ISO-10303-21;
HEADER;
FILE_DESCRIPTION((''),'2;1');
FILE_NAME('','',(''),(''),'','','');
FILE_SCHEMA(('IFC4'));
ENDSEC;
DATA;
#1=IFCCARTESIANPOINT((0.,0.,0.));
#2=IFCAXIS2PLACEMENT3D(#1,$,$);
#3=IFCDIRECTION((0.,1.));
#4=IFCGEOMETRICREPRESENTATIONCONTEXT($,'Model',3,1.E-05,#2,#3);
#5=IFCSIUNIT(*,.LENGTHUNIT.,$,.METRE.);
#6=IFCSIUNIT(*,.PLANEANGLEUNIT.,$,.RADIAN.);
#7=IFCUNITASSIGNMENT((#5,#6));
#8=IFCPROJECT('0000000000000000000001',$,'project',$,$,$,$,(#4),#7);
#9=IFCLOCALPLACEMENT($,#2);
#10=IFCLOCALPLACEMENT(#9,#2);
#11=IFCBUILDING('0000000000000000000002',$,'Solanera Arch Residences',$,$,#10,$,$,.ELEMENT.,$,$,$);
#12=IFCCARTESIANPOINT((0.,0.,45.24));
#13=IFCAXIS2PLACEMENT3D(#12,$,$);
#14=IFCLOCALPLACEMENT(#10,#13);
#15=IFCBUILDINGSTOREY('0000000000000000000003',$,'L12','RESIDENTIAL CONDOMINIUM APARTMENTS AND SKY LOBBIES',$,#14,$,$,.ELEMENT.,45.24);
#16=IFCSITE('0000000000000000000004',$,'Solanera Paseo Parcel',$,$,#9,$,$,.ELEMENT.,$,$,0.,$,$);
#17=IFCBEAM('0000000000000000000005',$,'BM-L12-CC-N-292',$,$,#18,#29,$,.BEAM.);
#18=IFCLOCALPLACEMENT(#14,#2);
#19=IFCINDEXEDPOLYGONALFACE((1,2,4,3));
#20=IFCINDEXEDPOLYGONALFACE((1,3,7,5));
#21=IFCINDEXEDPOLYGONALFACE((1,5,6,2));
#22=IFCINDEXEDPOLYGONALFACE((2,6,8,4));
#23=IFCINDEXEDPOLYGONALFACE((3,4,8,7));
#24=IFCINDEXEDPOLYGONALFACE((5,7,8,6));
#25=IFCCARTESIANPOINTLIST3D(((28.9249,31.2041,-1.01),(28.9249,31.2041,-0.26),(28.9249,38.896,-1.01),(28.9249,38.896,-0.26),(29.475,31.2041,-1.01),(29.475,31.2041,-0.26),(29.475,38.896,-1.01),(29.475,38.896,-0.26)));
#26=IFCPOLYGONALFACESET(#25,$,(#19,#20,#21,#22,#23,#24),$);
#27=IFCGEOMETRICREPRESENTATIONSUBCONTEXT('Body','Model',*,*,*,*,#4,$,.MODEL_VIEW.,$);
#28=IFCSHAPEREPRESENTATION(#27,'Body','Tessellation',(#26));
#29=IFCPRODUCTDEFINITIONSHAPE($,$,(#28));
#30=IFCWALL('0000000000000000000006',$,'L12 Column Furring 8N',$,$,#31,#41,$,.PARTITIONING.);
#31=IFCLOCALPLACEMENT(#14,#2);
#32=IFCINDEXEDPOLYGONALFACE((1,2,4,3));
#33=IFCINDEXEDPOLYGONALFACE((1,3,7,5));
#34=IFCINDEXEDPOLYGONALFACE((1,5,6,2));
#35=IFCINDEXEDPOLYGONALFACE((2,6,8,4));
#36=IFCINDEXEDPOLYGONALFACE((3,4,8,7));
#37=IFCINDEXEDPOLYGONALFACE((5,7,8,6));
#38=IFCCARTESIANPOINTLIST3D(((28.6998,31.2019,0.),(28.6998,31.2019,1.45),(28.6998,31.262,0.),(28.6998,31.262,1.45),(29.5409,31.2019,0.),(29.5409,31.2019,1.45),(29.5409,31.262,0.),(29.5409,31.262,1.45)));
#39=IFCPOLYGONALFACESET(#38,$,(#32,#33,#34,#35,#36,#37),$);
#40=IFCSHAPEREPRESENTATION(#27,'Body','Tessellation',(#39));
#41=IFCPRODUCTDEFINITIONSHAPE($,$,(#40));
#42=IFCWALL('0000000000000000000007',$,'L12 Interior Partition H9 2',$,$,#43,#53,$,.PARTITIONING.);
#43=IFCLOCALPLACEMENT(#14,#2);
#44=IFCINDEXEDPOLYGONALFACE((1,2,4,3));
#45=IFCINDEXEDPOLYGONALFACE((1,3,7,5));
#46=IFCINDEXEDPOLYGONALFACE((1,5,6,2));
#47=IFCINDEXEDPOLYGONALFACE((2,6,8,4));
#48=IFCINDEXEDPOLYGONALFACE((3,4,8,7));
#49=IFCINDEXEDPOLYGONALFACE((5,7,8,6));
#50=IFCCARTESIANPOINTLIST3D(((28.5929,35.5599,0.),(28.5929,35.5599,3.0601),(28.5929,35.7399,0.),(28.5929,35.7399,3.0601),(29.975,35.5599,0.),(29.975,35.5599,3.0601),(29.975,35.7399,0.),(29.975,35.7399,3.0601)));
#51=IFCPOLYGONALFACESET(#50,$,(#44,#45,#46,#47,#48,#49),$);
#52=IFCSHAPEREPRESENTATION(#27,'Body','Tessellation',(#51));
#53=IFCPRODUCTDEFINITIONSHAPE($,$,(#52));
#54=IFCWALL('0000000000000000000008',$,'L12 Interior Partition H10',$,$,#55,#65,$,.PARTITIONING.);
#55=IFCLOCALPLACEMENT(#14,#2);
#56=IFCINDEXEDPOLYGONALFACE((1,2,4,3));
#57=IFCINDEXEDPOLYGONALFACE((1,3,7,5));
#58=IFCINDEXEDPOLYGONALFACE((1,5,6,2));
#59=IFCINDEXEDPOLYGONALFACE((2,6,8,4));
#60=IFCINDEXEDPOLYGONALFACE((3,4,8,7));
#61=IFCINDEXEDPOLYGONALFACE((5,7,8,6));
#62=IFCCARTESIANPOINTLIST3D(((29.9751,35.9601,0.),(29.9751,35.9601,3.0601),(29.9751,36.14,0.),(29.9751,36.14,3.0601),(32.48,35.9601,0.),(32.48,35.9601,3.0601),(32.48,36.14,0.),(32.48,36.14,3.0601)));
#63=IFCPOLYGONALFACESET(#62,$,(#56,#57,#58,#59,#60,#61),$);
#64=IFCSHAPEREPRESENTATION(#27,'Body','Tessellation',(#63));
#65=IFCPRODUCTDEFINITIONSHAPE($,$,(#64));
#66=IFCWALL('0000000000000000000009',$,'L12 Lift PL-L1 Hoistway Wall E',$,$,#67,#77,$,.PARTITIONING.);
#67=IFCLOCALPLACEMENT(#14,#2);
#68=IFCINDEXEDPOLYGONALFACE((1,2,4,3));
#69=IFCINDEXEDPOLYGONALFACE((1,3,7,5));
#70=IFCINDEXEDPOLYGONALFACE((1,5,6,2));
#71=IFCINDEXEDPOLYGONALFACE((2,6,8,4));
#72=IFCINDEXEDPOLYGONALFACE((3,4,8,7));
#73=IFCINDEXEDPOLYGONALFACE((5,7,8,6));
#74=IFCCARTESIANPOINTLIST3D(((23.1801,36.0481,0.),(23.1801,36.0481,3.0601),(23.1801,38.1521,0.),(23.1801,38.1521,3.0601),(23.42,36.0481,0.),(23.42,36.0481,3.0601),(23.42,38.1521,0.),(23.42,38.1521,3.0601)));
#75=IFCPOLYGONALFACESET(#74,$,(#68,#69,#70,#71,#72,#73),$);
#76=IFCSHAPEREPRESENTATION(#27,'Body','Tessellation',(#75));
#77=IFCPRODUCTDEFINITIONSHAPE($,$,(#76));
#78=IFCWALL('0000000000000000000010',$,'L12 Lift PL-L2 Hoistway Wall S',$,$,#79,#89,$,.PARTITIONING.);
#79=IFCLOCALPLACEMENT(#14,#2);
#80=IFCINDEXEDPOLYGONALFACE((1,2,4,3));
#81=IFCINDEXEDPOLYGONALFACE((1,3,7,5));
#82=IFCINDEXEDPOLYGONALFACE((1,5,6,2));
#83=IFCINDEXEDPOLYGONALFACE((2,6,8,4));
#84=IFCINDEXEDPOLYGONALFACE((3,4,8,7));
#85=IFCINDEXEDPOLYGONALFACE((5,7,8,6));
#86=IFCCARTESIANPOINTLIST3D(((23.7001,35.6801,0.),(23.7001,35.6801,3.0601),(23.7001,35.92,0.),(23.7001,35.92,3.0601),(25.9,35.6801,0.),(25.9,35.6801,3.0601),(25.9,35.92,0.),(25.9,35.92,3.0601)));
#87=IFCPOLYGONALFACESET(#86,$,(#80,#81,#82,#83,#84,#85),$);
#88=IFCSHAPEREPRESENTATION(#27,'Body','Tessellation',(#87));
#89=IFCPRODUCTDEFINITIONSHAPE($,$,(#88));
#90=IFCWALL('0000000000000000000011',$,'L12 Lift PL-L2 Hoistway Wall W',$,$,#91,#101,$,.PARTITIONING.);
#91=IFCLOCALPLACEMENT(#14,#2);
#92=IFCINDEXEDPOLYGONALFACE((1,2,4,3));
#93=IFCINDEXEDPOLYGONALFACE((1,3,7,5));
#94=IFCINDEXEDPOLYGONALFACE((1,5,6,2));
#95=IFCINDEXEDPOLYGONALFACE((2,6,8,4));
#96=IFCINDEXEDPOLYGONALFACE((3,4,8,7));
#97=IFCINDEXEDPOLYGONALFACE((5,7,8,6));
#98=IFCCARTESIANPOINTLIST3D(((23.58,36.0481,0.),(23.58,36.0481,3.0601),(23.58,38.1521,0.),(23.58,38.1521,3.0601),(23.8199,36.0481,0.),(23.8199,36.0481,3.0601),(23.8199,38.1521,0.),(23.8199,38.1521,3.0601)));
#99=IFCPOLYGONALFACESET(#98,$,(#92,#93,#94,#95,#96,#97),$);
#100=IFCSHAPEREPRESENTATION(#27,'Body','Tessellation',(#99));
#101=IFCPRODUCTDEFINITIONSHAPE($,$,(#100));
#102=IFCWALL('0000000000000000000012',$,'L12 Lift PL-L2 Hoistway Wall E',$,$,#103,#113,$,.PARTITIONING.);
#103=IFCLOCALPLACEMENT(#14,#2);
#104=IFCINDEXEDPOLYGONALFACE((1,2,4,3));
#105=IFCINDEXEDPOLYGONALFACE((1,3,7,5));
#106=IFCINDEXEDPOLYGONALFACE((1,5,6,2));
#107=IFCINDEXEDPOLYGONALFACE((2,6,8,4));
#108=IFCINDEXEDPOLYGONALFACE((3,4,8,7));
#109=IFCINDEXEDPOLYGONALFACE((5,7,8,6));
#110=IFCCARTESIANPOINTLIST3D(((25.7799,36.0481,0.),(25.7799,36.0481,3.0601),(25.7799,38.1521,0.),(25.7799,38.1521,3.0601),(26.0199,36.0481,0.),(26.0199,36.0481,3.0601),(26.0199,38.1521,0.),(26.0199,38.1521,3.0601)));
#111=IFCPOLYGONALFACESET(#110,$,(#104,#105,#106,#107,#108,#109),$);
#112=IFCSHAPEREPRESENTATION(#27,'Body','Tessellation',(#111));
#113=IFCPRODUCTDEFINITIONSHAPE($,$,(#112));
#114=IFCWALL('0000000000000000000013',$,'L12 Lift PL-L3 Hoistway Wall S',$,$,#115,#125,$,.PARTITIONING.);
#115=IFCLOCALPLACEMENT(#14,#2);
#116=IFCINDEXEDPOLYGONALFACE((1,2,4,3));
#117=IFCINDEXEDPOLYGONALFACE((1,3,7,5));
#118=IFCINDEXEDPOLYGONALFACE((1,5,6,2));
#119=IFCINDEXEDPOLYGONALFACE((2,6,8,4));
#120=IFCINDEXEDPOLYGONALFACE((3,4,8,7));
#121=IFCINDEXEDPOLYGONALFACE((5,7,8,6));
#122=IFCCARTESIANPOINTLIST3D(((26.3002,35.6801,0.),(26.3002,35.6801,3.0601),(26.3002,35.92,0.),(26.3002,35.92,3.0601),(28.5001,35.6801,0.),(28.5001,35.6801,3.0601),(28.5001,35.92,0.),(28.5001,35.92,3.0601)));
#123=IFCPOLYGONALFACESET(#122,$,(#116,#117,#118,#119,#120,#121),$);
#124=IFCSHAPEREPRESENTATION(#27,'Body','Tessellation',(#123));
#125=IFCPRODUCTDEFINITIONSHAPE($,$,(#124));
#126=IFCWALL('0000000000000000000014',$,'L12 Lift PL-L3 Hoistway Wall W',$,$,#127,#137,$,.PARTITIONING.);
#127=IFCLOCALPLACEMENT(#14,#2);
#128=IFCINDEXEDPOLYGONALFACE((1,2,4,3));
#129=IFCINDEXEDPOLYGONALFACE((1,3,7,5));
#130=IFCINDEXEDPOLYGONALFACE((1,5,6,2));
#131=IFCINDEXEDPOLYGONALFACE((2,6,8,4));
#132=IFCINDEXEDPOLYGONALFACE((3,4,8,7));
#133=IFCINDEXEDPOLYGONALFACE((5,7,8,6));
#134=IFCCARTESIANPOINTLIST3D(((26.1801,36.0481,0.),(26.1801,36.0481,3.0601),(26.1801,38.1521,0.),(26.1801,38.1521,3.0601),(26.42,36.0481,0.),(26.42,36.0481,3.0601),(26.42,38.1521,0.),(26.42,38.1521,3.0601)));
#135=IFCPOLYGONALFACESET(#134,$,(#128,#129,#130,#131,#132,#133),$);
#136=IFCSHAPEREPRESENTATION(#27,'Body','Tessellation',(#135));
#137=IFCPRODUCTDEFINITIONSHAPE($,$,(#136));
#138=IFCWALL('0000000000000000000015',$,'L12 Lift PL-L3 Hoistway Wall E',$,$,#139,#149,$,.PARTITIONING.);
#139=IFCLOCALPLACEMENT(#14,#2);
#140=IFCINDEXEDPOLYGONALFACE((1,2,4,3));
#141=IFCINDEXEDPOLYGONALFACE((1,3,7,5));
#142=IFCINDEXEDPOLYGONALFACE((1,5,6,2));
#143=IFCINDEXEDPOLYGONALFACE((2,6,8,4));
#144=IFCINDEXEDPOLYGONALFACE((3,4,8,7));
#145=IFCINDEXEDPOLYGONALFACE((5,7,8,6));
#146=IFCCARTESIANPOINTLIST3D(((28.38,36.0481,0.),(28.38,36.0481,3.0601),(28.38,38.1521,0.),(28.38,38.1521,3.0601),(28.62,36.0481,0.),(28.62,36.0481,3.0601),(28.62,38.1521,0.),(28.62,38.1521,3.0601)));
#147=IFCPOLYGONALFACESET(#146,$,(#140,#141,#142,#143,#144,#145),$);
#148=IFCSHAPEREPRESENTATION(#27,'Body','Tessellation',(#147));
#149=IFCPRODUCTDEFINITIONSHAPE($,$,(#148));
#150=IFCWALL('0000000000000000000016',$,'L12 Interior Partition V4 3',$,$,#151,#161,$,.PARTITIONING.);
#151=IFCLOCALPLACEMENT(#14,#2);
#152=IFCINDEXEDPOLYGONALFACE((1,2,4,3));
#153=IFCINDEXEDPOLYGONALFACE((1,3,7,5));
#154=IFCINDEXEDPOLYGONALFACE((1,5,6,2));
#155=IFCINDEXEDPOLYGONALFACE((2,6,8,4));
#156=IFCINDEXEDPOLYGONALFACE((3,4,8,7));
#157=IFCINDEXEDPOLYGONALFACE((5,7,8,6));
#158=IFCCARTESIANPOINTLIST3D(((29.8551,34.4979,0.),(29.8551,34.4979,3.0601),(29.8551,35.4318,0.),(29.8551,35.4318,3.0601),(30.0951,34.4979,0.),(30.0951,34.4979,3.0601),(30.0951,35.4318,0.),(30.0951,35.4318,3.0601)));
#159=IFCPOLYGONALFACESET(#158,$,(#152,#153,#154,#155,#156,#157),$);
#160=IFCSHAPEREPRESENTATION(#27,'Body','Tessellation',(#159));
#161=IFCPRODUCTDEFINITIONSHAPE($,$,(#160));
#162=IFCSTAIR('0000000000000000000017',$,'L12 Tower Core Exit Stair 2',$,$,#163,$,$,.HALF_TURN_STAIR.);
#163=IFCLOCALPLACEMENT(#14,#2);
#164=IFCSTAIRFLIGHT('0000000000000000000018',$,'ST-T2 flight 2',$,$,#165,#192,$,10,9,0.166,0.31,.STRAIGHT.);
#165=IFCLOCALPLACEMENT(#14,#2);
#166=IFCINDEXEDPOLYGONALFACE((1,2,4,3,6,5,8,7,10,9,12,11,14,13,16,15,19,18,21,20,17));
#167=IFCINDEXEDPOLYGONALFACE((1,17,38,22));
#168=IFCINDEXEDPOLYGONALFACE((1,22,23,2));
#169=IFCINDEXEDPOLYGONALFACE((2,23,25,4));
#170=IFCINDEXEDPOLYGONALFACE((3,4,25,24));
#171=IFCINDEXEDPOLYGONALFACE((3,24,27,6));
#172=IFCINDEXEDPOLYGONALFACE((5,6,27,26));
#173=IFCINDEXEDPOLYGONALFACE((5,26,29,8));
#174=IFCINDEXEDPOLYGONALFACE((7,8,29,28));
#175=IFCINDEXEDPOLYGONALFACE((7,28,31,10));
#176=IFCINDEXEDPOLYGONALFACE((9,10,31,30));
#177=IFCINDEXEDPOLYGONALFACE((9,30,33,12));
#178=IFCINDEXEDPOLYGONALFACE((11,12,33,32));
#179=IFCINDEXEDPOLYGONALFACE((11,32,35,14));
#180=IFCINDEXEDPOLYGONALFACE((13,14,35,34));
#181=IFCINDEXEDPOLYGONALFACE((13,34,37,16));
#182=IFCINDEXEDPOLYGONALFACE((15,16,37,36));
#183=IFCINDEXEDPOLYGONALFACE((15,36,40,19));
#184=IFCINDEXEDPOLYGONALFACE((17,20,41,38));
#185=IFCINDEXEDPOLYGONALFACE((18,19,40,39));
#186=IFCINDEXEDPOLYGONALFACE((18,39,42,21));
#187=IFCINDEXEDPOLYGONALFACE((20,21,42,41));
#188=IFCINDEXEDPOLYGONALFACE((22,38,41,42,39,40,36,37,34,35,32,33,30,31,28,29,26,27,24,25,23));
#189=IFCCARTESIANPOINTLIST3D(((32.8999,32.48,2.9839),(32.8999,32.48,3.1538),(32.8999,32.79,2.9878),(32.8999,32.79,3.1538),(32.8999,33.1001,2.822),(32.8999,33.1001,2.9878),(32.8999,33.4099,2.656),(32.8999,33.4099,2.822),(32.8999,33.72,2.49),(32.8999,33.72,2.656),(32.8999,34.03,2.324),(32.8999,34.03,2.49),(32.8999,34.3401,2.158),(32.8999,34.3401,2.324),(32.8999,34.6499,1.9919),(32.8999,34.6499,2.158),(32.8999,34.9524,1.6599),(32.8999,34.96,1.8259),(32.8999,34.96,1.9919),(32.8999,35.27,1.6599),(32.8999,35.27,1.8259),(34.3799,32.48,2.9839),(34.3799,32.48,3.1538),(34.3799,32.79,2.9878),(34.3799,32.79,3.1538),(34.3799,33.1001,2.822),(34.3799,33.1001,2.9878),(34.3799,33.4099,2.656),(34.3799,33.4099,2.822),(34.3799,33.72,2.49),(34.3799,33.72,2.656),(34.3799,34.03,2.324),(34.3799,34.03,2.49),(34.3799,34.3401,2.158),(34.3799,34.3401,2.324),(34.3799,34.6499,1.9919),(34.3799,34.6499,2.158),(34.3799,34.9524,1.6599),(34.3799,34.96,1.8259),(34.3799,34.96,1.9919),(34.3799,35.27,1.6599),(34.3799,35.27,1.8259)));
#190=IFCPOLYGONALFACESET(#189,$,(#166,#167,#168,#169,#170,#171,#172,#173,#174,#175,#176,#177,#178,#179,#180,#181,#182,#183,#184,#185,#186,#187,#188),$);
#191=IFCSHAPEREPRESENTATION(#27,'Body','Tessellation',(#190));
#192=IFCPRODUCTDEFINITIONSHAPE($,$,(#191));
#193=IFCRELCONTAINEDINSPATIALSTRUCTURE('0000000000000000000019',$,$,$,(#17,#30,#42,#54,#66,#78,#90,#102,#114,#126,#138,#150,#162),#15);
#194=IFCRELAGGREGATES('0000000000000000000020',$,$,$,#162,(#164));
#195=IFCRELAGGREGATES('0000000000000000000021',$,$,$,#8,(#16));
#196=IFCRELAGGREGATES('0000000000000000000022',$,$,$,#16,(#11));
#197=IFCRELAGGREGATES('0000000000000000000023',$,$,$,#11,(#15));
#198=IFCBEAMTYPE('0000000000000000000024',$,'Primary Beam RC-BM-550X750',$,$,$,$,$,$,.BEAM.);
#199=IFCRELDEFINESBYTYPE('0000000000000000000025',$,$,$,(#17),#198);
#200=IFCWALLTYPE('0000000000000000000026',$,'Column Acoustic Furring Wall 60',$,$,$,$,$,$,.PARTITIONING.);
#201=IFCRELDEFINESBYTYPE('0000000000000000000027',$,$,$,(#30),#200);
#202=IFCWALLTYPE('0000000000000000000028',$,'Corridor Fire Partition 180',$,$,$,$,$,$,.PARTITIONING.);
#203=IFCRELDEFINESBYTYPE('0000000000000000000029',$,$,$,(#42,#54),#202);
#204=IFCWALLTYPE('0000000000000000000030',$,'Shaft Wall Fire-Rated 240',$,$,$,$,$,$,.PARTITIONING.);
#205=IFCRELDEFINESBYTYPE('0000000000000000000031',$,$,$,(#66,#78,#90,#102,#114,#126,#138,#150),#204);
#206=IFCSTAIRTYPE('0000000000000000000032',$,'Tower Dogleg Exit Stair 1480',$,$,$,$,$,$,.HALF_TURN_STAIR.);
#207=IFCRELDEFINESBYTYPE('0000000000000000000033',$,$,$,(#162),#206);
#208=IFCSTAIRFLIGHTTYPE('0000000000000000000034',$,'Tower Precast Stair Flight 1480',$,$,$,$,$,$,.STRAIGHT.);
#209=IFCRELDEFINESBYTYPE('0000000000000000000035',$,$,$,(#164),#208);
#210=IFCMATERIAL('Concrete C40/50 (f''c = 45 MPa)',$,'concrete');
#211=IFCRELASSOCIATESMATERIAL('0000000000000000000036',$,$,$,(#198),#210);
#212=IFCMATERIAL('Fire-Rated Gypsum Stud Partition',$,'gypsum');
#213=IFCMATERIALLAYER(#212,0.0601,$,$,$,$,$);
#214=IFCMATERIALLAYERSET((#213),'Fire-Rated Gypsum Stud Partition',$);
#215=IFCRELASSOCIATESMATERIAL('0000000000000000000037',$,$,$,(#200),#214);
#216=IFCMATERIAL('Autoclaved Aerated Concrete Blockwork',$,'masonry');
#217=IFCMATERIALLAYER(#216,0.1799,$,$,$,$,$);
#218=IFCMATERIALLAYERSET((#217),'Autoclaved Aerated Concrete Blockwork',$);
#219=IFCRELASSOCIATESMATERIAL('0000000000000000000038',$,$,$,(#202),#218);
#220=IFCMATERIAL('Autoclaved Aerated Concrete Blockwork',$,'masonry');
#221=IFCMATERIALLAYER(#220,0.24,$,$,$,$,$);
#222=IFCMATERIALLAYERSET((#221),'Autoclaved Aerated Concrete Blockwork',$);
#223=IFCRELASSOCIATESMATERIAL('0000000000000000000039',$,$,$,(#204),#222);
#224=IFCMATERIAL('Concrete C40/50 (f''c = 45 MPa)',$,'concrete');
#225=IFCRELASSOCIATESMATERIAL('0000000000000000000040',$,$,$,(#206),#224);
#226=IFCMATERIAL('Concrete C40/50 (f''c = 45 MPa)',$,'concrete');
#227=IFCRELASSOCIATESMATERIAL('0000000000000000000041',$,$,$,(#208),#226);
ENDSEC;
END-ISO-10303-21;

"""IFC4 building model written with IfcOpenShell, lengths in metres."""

from ifc_helpers import new_model, si_unit, direction, frame, frame_2d, origin, origin_2d, place, context, subcontext, project, spatial, polyline, rectangle, outline, extrude, material, layer, layer_set, material_profile, profile_set, type_object, element, aggregate, save


model = new_model("IFC4")

# Units and contexts
model_context = context("Model", 3, precision=1e-05, world=origin(), true_north=direction((0.0, 1.0)))
body_context = subcontext(model_context, "Body", "Model", "MODEL_VIEW")
ifc_project = project(units=[si_unit("LENGTHUNIT", "METRE"), si_unit("PLANEANGLEUNIT", "RADIAN")], contexts=[model_context])

# Site, building, storey
site_placement = place(None, origin())
site = spatial("IfcSite", under=ifc_project, at=site_placement, Name="Solanera Paseo Parcel", CompositionType="ELEMENT", RefElevation=0.0)
building_placement = place(site_placement, origin())
building = spatial("IfcBuilding", under=site, at=building_placement, Name="Solanera Arch Residences", CompositionType="ELEMENT")
storey_placement = place(building_placement, frame((0.0, 0.0, 45.24)))
storey = spatial("IfcBuildingStorey", under=building, at=storey_placement, Name="L12", Description="RESIDENTIAL CONDOMINIUM APARTMENTS AND SKY LOBBIES", CompositionType="ELEMENT", Elevation=45.24)

# Beam
ifc_material_1 = material(Name="Concrete C40/50 (f'c = 45 MPa)", Category="concrete")
ifc_material_profile = material_profile(ifc_material_1, rectangle(XDim=0.55, YDim=0.75, at=origin_2d()))
ifc_profile_set = profile_set([ifc_material_profile], Name="Concrete C40/50 (f'c = 45 MPa)")
beam_type = type_object("IfcBeamType", Name="Primary Beam RC-BM-550X750", PredefinedType="BEAM", material=ifc_profile_set)
beam_placement = place(storey_placement, frame((29.2, 31.2041, -0.635), z_axis=(0.0, 1.0, 0.0), x_axis=(-1.0, 0.0, 0.0)))
element("IfcBeam", 1, at=beam_placement, inside=storey, type_object=beam_type, Name="BM-L12-CC-N-292", PredefinedType="BEAM", context=body_context, shape_type="SweptSolid", body=[
    extrude(rectangle(XDim=0.55, YDim=0.75, at=origin_2d()), origin(), (0.0, 0.0, 1.0), 7.6919),
])

# Wall
ifc_material_2 = material(Name="Fire-Rated Gypsum Stud Partition", Category="gypsum")
ifc_layer_1 = layer(ifc_material_2, 0.0601)
ifc_layer_set_1 = layer_set([ifc_layer_1], Name="Fire-Rated Gypsum Stud Partition")
wall_type_1 = type_object("IfcWallType", Name="Column Acoustic Furring Wall 60", PredefinedType="PARTITIONING", material=ifc_layer_set_1)
wall_1_placement = place(storey_placement, frame((28.7, 31.2319, 0.0), z_axis=(0.0, 0.0, 1.0), x_axis=(1.0, 0.0, 0.0)))
element("IfcWall", 2, at=wall_1_placement, inside=storey, type_object=wall_type_1, Name="L12 Column Furring 8N", PredefinedType="PARTITIONING", context=body_context, shape_type="SweptSolid", body=[
    extrude(rectangle(XDim=0.8411, YDim=0.0601, at=frame_2d((0.4204, 0.0))), origin(), (0.0, 0.0, 1.0), 1.45),
])

# Walls
ifc_material_3 = material(Name="Autoclaved Aerated Concrete Blockwork", Category="masonry")
ifc_layer_2 = layer(ifc_material_3, 0.1799)
ifc_layer_set_2 = layer_set([ifc_layer_2], Name="Autoclaved Aerated Concrete Blockwork")
wall_type_2 = type_object("IfcWallType", Name="Corridor Fire Partition 180", PredefinedType="PARTITIONING", material=ifc_layer_set_2)
wall_2_placement = place(storey_placement, frame((28.593, 35.6499, 0.0), z_axis=(0.0, 0.0, 1.0), x_axis=(1.0, 0.0, 0.0)))
element("IfcWall", 3, at=wall_2_placement, inside=storey, type_object=wall_type_2, Name="L12 Interior Partition H9 2", PredefinedType="PARTITIONING", context=body_context, shape_type="SweptSolid", body=[
    extrude(rectangle(XDim=1.3821, YDim=0.1799, at=frame_2d((0.6909, 0.0))), origin(), (0.0, 0.0, 1.0), 3.0601),
])
wall_3_placement = place(storey_placement, frame((29.9751, 36.05, 0.0), z_axis=(0.0, 0.0, 1.0), x_axis=(1.0, 0.0, 0.0)))
element("IfcWall", 4, at=wall_3_placement, inside=storey, type_object=wall_type_2, Name="L12 Interior Partition H10", PredefinedType="PARTITIONING", context=body_context, shape_type="SweptSolid", body=[
    extrude(rectangle(XDim=2.5049, YDim=0.1799, at=frame_2d((1.2524, 0.0))), origin(), (0.0, 0.0, 1.0), 3.0601),
])
ifc_material_4 = material(Name="Autoclaved Aerated Concrete Blockwork", Category="masonry")
ifc_layer_3 = layer(ifc_material_4, 0.24)
ifc_layer_set_3 = layer_set([ifc_layer_3], Name="Autoclaved Aerated Concrete Blockwork")
wall_type_3 = type_object("IfcWallType", Name="Shaft Wall Fire-Rated 240", PredefinedType="PARTITIONING", material=ifc_layer_set_3)
wall_4_placement = place(storey_placement, frame((23.3, 36.0481, 0.0), z_axis=(0.0, 0.0, 1.0), x_axis=(0.0, 1.0, 0.0)))
element("IfcWall", 5, at=wall_4_placement, inside=storey, type_object=wall_type_3, Name="L12 Lift PL-L1 Hoistway Wall E", PredefinedType="PARTITIONING", context=body_context, shape_type="SweptSolid", body=[
    extrude(rectangle(XDim=2.104, YDim=0.24, at=frame_2d((1.052, 0.0))), origin(), (0.0, 0.0, 1.0), 3.0601),
])
wall_5_placement = place(storey_placement, frame((23.7, 35.8, 0.0), z_axis=(0.0, 0.0, 1.0), x_axis=(1.0, 0.0, 0.0)))
element("IfcWall", 6, at=wall_5_placement, inside=storey, type_object=wall_type_3, Name="L12 Lift PL-L2 Hoistway Wall S", PredefinedType="PARTITIONING", context=body_context, shape_type="SweptSolid", body=[
    extrude(rectangle(XDim=2.2, YDim=0.24, at=frame_2d((1.1001, 0.0))), origin(), (0.0, 0.0, 1.0), 3.0601),
])
for number, where, z_axis, x_axis, name in (
    (7, (23.7, 36.0481, 0.0), (0.0, 0.0, 1.0), (0.0, 1.0, 0.0), "L12 Lift PL-L2 Hoistway Wall W"),
    (8, (25.8999, 36.0481, 0.0), (0.0, 0.0, 1.0), (0.0, 1.0, 0.0), "L12 Lift PL-L2 Hoistway Wall E"),
):
    element("IfcWall", number, at=place(storey_placement, frame(where, z_axis=z_axis, x_axis=x_axis)), inside=storey, type_object=wall_type_3, Name=name, PredefinedType="PARTITIONING", context=body_context, shape_type="SweptSolid", body=[
        extrude(rectangle(XDim=2.104, YDim=0.24, at=frame_2d((1.052, 0.0))), origin(), (0.0, 0.0, 1.0), 3.0601),
    ])
wall_6_placement = place(storey_placement, frame((26.3, 35.8, 0.0), z_axis=(0.0, 0.0, 1.0), x_axis=(1.0, 0.0, 0.0)))
element("IfcWall", 9, at=wall_6_placement, inside=storey, type_object=wall_type_3, Name="L12 Lift PL-L3 Hoistway Wall S", PredefinedType="PARTITIONING", context=body_context, shape_type="SweptSolid", body=[
    extrude(rectangle(XDim=2.2, YDim=0.24, at=frame_2d((1.1001, 0.0))), origin(), (0.0, 0.0, 1.0), 3.0601),
])
for number, where, z_axis, x_axis, name in (
    (10, (26.3, 36.0481, 0.0), (0.0, 0.0, 1.0), (0.0, 1.0, 0.0), "L12 Lift PL-L3 Hoistway Wall W"),
    (11, (28.5, 36.0481, 0.0), (0.0, 0.0, 1.0), (0.0, 1.0, 0.0), "L12 Lift PL-L3 Hoistway Wall E"),
):
    element("IfcWall", number, at=place(storey_placement, frame(where, z_axis=z_axis, x_axis=x_axis)), inside=storey, type_object=wall_type_3, Name=name, PredefinedType="PARTITIONING", context=body_context, shape_type="SweptSolid", body=[
        extrude(rectangle(XDim=2.104, YDim=0.24, at=frame_2d((1.052, 0.0))), origin(), (0.0, 0.0, 1.0), 3.0601),
    ])

# Wall
wall_7_placement = place(storey_placement, frame((29.9751, 34.498, 0.0), z_axis=(0.0, 0.0, 1.0), x_axis=(0.0, 1.0, 0.0)))
element("IfcWall", 12, at=wall_7_placement, inside=storey, type_object=wall_type_3, Name="L12 Interior Partition V4 3", PredefinedType="PARTITIONING", context=body_context, shape_type="SweptSolid", body=[
    extrude(rectangle(XDim=0.9338, YDim=0.24, at=frame_2d((0.4668, 0.0))), origin(), (0.0, 0.0, 1.0), 3.0601),
])

# Stair, stair flight
ifc_material_5 = material(Name="Concrete C40/50 (f'c = 45 MPa)", Category="concrete")
stair_type = type_object("IfcStairType", Name="Tower Dogleg Exit Stair 1480", PredefinedType="HALF_TURN_STAIR", material=ifc_material_5)
stair_placement = place(storey_placement, origin())
stair = element("IfcStair", 13, at=stair_placement, inside=storey, type_object=stair_type, Name="L12 Tower Core Exit Stair 2", PredefinedType="HALF_TURN_STAIR")
ifc_material_6 = material(Name="Concrete C40/50 (f'c = 45 MPa)", Category="concrete")
stair_flight_type = type_object("IfcStairFlightType", Name="Tower Precast Stair Flight 1480", PredefinedType="STRAIGHT", material=ifc_material_6)
stair_flight_placement = place(storey_placement, frame((33.6399, 35.27, 1.6599), z_axis=(0.0, 0.0, 1.0), x_axis=(0.0, -1.0, 0.0)))
stair_flight = element("IfcStairFlight", 14, at=stair_flight_placement, type_object=stair_flight_type, Name="ST-T2 flight 2", NumberOfRisers=10, NumberOfTreads=9, PredefinedType="STRAIGHT", RiserHeight=0.166, TreadLength=0.31, context=body_context, shape_type="SweptSolid", body=[
    extrude(outline(polyline([(0.0, 0.0), (0.0, 0.166), (0.3101, 0.166), (0.3101, 0.332), (0.6201, 0.332), (0.6201, 0.498), (0.9299, 0.498), (0.9299, 0.6641), (1.24, 0.6641), (1.24, 0.8301), (1.55, 0.8301), (1.55, 0.9961), (1.8601, 0.9961), (1.8601, 1.1621), (2.1699, 1.1621), (2.1699, 1.3279), (2.48, 1.3279), (2.48, 1.4939), (2.79, 1.4939), (2.79, 1.6599), (2.79, 1.324), (0.3176, 0.0), (0.0, 0.0)])), frame((0.0, 0.74, 0.0), z_axis=(0.0, -1.0, 0.0), x_axis=(1.0, 0.0, 0.0)), (0.0, 0.0, 1.0), 1.48),
])
aggregate(stair, [stair_flight])

save(model, "model.ifc")
